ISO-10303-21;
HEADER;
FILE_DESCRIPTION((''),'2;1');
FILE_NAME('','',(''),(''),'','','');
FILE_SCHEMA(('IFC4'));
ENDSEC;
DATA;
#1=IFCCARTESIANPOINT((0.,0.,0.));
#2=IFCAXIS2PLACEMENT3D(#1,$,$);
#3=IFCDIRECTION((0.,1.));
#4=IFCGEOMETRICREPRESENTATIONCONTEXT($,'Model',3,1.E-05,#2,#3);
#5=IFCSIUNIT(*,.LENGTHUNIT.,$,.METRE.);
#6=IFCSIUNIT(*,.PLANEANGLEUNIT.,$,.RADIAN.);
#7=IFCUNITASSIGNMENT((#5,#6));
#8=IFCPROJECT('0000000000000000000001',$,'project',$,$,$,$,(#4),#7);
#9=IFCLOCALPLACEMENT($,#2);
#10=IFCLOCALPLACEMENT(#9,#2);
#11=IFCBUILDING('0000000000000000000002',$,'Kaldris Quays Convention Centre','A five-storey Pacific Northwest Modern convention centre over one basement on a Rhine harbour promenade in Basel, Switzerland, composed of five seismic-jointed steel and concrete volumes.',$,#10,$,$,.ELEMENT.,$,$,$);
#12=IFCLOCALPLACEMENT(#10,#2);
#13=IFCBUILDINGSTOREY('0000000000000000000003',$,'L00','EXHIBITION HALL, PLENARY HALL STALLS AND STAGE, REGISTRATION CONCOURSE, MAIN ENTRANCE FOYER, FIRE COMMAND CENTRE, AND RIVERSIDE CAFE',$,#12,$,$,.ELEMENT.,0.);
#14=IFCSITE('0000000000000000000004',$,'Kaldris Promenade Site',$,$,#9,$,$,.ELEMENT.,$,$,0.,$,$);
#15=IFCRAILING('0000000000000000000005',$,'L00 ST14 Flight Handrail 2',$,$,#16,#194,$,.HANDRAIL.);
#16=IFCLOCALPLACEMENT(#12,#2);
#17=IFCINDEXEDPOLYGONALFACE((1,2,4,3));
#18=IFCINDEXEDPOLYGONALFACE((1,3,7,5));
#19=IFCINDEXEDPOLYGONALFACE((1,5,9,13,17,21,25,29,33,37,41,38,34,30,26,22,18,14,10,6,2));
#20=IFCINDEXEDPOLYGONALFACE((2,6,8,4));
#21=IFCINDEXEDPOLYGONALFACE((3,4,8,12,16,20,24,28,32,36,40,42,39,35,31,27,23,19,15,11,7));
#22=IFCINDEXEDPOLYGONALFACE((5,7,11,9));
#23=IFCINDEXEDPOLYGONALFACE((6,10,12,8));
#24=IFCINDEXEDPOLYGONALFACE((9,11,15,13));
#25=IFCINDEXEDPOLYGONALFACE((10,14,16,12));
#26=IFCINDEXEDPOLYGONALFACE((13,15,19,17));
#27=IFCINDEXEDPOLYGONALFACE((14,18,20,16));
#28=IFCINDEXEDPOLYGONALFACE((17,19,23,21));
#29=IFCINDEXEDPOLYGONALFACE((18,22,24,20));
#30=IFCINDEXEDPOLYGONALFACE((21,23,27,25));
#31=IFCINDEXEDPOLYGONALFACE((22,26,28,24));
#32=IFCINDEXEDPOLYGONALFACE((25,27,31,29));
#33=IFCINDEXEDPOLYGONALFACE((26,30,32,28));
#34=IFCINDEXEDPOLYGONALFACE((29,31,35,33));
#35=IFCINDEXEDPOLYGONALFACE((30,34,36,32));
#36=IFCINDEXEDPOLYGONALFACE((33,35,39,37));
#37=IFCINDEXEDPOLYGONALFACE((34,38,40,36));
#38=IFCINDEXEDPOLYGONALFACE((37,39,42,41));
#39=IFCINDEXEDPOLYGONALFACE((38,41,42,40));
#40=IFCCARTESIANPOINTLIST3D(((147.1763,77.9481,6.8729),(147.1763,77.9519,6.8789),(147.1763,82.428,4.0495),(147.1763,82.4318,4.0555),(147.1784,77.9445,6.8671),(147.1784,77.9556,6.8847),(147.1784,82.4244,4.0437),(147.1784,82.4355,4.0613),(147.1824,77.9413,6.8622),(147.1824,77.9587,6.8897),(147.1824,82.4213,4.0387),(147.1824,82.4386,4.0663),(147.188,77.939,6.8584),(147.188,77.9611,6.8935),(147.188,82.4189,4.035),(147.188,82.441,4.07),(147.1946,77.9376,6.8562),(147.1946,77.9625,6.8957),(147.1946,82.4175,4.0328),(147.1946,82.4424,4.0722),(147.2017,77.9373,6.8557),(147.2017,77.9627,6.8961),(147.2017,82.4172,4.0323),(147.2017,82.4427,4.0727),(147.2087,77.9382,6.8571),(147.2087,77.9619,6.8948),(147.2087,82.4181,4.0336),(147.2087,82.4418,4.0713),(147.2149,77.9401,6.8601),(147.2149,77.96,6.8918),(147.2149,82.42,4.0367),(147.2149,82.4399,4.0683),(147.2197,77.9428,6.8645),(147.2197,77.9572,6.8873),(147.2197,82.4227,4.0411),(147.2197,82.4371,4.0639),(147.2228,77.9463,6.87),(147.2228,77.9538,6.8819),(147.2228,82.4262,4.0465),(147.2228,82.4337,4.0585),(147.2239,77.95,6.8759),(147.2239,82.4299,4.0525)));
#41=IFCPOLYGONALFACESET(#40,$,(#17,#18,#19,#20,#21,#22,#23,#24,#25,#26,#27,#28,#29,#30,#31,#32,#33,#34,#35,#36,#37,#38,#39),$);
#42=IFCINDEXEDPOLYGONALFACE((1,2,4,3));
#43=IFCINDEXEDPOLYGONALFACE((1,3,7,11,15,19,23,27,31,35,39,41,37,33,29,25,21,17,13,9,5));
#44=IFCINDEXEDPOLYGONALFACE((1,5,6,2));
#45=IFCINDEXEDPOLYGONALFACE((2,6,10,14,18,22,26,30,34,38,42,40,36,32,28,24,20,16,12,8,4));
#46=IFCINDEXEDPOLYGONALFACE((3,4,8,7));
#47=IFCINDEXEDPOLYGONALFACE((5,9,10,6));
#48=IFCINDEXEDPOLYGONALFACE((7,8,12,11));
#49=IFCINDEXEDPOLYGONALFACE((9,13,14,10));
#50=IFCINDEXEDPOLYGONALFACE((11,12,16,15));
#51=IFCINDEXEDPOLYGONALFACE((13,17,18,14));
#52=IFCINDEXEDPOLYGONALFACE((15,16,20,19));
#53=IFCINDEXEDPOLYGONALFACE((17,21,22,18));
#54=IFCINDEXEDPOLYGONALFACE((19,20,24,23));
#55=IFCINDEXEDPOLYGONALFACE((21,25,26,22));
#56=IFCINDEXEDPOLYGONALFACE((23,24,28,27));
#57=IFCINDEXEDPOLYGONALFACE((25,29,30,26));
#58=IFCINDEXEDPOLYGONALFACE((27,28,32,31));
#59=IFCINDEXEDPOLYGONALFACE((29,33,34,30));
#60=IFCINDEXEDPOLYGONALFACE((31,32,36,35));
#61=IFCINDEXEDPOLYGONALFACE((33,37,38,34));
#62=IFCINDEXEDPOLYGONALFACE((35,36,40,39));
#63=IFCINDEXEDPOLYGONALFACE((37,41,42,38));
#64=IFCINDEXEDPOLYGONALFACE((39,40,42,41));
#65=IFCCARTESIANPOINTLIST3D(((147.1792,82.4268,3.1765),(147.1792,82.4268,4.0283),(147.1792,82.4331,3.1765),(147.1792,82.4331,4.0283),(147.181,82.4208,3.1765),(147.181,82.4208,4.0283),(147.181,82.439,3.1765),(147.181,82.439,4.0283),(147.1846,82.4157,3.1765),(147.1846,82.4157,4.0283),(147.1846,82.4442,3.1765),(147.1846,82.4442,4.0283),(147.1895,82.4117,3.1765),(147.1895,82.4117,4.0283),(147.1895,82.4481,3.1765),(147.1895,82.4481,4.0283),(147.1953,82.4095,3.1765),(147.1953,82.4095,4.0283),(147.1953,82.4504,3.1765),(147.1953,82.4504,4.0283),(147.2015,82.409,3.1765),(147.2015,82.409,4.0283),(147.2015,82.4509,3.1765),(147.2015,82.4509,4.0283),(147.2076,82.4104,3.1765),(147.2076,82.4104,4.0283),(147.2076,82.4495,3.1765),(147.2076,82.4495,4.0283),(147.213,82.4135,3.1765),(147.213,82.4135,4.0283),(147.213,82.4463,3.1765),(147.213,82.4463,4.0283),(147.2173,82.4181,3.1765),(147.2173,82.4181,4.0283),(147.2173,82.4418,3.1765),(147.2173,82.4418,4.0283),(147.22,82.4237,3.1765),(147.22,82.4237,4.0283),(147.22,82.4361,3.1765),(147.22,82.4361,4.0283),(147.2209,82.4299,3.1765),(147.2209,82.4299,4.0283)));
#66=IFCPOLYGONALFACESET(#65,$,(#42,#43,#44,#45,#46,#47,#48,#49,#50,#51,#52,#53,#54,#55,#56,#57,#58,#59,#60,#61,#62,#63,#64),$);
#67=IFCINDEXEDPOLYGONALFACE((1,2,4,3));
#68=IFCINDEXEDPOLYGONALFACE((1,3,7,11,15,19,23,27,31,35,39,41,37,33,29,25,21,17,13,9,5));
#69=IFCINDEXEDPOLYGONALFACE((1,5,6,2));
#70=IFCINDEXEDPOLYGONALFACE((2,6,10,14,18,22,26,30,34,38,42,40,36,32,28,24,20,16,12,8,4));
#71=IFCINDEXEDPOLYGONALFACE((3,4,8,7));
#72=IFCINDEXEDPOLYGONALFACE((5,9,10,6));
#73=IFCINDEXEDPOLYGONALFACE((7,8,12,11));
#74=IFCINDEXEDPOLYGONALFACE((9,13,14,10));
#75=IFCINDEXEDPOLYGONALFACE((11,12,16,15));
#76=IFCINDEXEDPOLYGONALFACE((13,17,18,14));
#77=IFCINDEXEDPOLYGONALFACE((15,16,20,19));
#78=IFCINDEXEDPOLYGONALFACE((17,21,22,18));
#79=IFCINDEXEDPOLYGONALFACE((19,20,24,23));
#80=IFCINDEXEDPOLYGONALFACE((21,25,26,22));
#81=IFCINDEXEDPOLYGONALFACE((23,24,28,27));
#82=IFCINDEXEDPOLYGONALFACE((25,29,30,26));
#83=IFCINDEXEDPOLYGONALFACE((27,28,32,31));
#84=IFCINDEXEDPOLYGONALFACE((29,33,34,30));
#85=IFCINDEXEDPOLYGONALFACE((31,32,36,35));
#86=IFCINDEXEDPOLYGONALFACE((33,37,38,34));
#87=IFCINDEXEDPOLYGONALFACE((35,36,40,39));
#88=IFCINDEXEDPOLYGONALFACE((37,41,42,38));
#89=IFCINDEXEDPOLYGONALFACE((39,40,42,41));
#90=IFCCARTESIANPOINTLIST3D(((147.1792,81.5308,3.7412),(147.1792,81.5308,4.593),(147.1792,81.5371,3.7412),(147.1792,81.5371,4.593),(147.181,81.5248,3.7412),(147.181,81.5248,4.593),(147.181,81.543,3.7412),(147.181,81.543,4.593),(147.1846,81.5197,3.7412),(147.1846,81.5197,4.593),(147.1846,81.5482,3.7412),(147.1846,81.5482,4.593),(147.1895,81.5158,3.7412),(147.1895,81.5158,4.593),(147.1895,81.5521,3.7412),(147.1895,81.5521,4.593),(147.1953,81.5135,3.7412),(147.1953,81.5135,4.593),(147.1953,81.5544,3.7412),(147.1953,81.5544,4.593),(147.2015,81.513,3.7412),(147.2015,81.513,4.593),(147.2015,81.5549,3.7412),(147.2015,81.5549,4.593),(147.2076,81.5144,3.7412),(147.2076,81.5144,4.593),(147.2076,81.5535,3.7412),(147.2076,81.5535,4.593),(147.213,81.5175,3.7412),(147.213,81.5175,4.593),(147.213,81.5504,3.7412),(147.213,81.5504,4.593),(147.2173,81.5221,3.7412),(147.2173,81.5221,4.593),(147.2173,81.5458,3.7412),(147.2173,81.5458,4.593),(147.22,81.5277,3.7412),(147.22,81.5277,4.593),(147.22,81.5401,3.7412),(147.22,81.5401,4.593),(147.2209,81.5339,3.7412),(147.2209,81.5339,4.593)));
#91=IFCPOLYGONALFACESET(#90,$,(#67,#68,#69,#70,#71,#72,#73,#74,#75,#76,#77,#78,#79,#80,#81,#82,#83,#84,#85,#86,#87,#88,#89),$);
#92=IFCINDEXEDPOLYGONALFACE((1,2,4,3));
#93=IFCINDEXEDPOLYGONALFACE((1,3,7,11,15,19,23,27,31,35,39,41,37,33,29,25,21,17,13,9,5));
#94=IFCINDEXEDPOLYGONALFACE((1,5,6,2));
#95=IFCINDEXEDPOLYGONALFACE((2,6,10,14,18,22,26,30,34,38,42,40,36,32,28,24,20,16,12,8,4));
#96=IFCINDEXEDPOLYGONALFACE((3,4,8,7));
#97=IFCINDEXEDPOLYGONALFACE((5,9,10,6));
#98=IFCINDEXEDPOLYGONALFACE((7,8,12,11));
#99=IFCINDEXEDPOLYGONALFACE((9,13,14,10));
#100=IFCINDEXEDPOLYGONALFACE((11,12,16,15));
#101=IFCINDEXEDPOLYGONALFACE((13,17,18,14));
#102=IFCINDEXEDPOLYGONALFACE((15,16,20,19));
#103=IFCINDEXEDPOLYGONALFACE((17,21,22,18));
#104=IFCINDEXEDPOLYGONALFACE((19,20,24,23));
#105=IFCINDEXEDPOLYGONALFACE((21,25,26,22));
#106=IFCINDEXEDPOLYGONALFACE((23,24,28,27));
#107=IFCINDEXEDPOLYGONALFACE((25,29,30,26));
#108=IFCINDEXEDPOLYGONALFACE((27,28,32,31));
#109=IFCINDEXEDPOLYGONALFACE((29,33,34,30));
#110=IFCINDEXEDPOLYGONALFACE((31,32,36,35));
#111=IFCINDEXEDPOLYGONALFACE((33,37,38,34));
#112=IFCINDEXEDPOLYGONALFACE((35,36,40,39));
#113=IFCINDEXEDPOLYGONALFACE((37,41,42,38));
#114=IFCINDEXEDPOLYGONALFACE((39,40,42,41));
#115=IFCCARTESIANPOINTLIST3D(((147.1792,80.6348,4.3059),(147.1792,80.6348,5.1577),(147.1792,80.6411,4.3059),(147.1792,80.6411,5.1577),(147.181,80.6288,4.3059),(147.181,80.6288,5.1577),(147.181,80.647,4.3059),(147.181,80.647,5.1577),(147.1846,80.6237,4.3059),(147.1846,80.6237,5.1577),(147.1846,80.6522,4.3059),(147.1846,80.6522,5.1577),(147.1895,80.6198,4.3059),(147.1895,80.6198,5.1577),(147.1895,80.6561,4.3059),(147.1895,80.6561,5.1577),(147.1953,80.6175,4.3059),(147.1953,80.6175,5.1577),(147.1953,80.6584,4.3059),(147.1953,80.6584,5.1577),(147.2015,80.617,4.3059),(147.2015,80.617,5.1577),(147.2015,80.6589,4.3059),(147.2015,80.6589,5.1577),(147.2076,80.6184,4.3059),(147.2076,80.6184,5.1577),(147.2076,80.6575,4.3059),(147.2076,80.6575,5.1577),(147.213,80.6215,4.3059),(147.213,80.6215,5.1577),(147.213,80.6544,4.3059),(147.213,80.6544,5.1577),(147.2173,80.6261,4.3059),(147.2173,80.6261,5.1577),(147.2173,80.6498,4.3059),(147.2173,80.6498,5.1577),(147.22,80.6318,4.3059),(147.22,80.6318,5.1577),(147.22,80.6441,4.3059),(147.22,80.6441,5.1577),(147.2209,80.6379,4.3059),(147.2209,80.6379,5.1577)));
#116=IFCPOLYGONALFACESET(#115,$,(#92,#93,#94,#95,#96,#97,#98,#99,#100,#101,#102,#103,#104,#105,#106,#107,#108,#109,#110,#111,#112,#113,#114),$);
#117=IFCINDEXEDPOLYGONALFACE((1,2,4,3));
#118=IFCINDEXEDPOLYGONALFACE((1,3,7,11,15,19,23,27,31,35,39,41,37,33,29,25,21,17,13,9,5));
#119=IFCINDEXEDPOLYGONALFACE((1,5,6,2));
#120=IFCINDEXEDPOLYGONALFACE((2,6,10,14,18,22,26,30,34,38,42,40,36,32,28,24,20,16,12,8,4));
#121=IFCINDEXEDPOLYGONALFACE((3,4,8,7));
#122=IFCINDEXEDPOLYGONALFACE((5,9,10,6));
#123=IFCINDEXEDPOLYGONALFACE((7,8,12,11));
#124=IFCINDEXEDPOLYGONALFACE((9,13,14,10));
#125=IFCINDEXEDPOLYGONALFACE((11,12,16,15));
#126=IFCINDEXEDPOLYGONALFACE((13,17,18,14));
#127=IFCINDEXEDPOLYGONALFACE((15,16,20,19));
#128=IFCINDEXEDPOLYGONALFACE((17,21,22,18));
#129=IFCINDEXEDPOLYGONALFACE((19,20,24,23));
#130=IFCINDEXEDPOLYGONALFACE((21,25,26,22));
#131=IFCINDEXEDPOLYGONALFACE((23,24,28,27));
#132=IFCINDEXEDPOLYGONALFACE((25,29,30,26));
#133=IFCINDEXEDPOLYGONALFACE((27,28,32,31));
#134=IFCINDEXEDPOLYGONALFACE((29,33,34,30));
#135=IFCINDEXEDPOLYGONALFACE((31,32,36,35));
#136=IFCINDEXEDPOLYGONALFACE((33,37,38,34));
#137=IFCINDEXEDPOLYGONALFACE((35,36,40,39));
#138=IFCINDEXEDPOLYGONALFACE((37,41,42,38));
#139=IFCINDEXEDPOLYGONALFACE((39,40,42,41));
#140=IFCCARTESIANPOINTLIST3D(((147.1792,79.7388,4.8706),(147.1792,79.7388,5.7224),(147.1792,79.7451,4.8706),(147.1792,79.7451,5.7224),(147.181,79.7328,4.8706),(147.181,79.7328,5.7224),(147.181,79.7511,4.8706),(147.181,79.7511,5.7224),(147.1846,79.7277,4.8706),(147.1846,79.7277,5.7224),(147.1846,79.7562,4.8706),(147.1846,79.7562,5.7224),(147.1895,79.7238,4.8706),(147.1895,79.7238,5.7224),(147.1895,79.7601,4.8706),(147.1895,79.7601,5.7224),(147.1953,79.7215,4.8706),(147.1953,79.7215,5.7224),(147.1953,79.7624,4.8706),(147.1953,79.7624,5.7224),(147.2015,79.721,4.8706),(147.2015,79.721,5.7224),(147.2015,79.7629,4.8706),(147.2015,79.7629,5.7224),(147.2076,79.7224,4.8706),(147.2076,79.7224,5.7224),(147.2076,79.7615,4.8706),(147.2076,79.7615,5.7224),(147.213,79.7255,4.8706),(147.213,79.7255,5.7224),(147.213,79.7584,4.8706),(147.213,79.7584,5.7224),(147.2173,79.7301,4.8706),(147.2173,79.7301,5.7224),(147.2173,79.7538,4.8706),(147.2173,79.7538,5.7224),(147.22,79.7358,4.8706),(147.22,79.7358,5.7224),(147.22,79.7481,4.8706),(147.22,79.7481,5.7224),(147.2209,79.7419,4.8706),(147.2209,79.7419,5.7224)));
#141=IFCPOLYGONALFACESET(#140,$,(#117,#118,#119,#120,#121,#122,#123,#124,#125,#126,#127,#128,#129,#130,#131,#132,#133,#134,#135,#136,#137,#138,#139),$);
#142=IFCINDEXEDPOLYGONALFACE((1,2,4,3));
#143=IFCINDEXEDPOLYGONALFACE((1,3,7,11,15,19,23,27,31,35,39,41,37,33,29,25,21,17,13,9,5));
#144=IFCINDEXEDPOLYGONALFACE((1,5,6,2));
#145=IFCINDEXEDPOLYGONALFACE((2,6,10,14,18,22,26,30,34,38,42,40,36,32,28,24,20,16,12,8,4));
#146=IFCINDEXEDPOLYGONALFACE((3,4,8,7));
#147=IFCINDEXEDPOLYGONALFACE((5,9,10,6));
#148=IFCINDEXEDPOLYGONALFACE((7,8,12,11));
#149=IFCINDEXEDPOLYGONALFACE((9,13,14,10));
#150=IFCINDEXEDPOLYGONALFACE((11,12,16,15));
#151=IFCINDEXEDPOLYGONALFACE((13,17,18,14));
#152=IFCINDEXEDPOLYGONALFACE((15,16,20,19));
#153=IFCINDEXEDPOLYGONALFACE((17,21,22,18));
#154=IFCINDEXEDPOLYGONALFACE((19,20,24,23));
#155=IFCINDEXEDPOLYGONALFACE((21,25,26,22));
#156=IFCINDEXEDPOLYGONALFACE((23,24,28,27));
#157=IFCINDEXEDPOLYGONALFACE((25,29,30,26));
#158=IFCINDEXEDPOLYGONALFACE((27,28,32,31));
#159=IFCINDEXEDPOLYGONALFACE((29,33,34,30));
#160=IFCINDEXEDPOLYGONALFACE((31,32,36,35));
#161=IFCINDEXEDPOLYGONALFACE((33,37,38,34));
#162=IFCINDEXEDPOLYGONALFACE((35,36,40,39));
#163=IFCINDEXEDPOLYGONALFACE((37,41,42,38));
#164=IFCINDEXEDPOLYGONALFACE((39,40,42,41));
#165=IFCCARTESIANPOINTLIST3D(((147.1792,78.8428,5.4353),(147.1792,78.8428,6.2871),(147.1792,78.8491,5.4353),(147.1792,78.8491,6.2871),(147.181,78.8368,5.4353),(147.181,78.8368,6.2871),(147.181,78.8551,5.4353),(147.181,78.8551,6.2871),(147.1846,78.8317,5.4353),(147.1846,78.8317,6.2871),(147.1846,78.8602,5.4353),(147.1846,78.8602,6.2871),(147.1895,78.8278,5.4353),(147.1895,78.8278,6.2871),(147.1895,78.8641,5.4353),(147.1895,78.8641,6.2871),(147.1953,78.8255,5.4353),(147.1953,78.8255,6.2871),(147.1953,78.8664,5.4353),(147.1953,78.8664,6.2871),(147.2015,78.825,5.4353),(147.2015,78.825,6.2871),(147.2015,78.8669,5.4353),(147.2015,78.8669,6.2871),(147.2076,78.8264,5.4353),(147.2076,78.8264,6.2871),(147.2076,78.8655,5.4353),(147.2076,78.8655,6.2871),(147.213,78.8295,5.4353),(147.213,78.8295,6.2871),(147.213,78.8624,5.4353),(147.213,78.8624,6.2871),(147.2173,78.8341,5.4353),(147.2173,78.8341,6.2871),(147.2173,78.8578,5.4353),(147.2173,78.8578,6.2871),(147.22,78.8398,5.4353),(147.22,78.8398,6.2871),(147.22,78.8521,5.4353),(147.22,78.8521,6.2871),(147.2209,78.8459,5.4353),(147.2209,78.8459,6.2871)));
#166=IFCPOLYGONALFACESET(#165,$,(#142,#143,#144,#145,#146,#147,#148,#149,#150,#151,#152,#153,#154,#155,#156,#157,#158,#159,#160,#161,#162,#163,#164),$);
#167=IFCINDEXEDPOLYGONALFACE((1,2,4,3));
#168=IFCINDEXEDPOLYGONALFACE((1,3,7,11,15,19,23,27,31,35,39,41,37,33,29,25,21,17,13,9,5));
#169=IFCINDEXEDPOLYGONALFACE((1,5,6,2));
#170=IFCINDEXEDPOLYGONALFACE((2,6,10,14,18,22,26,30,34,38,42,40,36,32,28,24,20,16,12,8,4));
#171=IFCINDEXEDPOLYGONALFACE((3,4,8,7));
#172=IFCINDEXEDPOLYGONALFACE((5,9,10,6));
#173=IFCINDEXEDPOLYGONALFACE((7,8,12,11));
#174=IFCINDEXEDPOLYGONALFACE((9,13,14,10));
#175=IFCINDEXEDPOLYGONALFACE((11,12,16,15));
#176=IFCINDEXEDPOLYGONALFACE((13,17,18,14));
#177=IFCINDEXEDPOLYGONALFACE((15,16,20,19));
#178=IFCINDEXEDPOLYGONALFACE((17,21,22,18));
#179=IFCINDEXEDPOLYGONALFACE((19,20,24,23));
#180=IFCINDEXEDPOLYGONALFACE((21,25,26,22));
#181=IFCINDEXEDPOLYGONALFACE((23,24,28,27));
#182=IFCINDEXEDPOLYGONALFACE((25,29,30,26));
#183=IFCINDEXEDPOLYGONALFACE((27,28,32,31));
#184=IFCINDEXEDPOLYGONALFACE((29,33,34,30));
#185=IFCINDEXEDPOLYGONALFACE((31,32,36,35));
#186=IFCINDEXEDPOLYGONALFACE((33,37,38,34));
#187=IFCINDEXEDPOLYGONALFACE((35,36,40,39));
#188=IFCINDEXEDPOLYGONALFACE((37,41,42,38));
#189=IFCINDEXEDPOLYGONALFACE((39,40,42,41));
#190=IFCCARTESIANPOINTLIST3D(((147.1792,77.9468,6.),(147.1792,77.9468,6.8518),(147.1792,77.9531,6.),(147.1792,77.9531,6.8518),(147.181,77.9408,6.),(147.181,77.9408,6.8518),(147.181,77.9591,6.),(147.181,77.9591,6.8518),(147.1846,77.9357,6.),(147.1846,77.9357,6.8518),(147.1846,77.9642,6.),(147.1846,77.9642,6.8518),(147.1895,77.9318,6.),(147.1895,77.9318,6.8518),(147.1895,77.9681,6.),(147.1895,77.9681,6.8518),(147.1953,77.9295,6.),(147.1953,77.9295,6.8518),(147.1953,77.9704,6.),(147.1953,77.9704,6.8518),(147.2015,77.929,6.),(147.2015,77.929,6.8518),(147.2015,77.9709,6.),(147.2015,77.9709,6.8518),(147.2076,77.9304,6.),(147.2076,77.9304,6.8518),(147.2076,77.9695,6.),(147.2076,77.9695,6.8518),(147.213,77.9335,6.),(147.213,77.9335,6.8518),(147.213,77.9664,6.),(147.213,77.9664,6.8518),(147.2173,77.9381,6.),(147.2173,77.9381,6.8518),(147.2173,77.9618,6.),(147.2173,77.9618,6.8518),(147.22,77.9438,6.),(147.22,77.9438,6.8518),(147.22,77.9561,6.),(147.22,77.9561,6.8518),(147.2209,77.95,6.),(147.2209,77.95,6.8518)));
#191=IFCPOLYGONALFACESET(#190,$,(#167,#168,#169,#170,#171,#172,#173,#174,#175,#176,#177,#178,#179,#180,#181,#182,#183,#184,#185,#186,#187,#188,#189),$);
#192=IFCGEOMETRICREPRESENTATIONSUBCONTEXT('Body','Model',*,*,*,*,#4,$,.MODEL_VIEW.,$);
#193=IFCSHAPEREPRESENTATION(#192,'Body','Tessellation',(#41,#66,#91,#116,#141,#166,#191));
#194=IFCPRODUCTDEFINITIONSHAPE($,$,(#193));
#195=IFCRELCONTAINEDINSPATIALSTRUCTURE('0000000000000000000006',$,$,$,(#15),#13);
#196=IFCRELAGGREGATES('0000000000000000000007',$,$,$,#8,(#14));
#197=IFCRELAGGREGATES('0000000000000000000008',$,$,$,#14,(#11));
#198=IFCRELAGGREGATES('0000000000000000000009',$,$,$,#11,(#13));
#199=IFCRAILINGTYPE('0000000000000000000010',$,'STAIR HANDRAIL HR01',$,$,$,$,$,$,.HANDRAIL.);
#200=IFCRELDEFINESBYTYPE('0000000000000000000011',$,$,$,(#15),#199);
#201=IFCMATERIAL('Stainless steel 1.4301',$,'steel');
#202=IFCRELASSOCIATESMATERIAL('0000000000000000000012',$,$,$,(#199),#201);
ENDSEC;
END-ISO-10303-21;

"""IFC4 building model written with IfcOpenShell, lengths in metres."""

from ifc_helpers import new_model, si_unit, direction, frame, origin, origin_2d, place, context, subcontext, project, spatial, circle, extrude, material, type_object, element, save


model = new_model("IFC4")

# Units and contexts
model_context = context("Model", 3, precision=1e-05, world=origin(), true_north=direction((0.0, 1.0)))
body_context = subcontext(model_context, "Body", "Model", "MODEL_VIEW")
ifc_project = project(units=[si_unit("LENGTHUNIT", "METRE"), si_unit("PLANEANGLEUNIT", "RADIAN")], contexts=[model_context])

# Site, building, storey
site_placement = place(None, origin())
site = spatial("IfcSite", under=ifc_project, at=site_placement, Name="Kaldris Promenade Site", CompositionType="ELEMENT", RefElevation=0.0)
building_placement = place(site_placement, origin())
building = spatial("IfcBuilding", under=site, at=building_placement, Name="Kaldris Quays Convention Centre", Description="A five-storey Pacific Northwest Modern convention centre over one basement on a Rhine harbour promenade in Basel, Switzerland, composed of five seismic-jointed steel and concrete volumes.", CompositionType="ELEMENT")
storey_placement = place(building_placement, origin())
storey = spatial("IfcBuildingStorey", under=building, at=storey_placement, Name="L00", Description="EXHIBITION HALL, PLENARY HALL STALLS AND STAGE, REGISTRATION CONCOURSE, MAIN ENTRANCE FOYER, FIRE COMMAND CENTRE, AND RIVERSIDE CAFE", CompositionType="ELEMENT", Elevation=0.0)

# Railing
ifc_material_1 = material(Name="Stainless steel 1.4301", Category="steel")
railing_type_1 = type_object("IfcRailingType", Name="STAIR HANDRAIL HR01", PredefinedType="HANDRAIL", material=ifc_material_1)
railing_1_placement = place(storey_placement, frame((147.2, 82.4299, 3.1765)))
element("IfcRailing", 1, at=railing_1_placement, inside=storey, type_object=railing_type_1, Name="L00 ST14 Flight Handrail 2", PredefinedType="HANDRAIL", context=body_context, shape_type="SweptSolid", body=[
    extrude(circle(Radius=0.0239, at=origin_2d()), frame((0.0, 0.0, 0.876), z_axis=(0.0, -0.845998, 0.533186), x_axis=(1.0, 0.0, 0.0)), (0.0, 0.0, 1.0), 5.2954),
    extrude(circle(Radius=0.021, at=origin_2d()), origin(), (0.0, 0.0, 1.0), 0.8518),
    extrude(circle(Radius=0.021, at=origin_2d()), frame((0.0, -0.896, 0.5647)), (0.0, 0.0, 1.0), 0.8518),
    extrude(circle(Radius=0.021, at=origin_2d()), frame((0.0, -1.792, 1.1294)), (0.0, 0.0, 1.0), 0.8518),
    extrude(circle(Radius=0.021, at=origin_2d()), frame((0.0, -2.688, 1.6941)), (0.0, 0.0, 1.0), 0.8518),
    extrude(circle(Radius=0.021, at=origin_2d()), frame((0.0, -3.584, 2.2588)), (0.0, 0.0, 1.0), 0.8518),
    extrude(circle(Radius=0.021, at=origin_2d()), frame((0.0, -4.48, 2.8235)), (0.0, 0.0, 1.0), 0.8518),
])

save(model, "model.ifc")
